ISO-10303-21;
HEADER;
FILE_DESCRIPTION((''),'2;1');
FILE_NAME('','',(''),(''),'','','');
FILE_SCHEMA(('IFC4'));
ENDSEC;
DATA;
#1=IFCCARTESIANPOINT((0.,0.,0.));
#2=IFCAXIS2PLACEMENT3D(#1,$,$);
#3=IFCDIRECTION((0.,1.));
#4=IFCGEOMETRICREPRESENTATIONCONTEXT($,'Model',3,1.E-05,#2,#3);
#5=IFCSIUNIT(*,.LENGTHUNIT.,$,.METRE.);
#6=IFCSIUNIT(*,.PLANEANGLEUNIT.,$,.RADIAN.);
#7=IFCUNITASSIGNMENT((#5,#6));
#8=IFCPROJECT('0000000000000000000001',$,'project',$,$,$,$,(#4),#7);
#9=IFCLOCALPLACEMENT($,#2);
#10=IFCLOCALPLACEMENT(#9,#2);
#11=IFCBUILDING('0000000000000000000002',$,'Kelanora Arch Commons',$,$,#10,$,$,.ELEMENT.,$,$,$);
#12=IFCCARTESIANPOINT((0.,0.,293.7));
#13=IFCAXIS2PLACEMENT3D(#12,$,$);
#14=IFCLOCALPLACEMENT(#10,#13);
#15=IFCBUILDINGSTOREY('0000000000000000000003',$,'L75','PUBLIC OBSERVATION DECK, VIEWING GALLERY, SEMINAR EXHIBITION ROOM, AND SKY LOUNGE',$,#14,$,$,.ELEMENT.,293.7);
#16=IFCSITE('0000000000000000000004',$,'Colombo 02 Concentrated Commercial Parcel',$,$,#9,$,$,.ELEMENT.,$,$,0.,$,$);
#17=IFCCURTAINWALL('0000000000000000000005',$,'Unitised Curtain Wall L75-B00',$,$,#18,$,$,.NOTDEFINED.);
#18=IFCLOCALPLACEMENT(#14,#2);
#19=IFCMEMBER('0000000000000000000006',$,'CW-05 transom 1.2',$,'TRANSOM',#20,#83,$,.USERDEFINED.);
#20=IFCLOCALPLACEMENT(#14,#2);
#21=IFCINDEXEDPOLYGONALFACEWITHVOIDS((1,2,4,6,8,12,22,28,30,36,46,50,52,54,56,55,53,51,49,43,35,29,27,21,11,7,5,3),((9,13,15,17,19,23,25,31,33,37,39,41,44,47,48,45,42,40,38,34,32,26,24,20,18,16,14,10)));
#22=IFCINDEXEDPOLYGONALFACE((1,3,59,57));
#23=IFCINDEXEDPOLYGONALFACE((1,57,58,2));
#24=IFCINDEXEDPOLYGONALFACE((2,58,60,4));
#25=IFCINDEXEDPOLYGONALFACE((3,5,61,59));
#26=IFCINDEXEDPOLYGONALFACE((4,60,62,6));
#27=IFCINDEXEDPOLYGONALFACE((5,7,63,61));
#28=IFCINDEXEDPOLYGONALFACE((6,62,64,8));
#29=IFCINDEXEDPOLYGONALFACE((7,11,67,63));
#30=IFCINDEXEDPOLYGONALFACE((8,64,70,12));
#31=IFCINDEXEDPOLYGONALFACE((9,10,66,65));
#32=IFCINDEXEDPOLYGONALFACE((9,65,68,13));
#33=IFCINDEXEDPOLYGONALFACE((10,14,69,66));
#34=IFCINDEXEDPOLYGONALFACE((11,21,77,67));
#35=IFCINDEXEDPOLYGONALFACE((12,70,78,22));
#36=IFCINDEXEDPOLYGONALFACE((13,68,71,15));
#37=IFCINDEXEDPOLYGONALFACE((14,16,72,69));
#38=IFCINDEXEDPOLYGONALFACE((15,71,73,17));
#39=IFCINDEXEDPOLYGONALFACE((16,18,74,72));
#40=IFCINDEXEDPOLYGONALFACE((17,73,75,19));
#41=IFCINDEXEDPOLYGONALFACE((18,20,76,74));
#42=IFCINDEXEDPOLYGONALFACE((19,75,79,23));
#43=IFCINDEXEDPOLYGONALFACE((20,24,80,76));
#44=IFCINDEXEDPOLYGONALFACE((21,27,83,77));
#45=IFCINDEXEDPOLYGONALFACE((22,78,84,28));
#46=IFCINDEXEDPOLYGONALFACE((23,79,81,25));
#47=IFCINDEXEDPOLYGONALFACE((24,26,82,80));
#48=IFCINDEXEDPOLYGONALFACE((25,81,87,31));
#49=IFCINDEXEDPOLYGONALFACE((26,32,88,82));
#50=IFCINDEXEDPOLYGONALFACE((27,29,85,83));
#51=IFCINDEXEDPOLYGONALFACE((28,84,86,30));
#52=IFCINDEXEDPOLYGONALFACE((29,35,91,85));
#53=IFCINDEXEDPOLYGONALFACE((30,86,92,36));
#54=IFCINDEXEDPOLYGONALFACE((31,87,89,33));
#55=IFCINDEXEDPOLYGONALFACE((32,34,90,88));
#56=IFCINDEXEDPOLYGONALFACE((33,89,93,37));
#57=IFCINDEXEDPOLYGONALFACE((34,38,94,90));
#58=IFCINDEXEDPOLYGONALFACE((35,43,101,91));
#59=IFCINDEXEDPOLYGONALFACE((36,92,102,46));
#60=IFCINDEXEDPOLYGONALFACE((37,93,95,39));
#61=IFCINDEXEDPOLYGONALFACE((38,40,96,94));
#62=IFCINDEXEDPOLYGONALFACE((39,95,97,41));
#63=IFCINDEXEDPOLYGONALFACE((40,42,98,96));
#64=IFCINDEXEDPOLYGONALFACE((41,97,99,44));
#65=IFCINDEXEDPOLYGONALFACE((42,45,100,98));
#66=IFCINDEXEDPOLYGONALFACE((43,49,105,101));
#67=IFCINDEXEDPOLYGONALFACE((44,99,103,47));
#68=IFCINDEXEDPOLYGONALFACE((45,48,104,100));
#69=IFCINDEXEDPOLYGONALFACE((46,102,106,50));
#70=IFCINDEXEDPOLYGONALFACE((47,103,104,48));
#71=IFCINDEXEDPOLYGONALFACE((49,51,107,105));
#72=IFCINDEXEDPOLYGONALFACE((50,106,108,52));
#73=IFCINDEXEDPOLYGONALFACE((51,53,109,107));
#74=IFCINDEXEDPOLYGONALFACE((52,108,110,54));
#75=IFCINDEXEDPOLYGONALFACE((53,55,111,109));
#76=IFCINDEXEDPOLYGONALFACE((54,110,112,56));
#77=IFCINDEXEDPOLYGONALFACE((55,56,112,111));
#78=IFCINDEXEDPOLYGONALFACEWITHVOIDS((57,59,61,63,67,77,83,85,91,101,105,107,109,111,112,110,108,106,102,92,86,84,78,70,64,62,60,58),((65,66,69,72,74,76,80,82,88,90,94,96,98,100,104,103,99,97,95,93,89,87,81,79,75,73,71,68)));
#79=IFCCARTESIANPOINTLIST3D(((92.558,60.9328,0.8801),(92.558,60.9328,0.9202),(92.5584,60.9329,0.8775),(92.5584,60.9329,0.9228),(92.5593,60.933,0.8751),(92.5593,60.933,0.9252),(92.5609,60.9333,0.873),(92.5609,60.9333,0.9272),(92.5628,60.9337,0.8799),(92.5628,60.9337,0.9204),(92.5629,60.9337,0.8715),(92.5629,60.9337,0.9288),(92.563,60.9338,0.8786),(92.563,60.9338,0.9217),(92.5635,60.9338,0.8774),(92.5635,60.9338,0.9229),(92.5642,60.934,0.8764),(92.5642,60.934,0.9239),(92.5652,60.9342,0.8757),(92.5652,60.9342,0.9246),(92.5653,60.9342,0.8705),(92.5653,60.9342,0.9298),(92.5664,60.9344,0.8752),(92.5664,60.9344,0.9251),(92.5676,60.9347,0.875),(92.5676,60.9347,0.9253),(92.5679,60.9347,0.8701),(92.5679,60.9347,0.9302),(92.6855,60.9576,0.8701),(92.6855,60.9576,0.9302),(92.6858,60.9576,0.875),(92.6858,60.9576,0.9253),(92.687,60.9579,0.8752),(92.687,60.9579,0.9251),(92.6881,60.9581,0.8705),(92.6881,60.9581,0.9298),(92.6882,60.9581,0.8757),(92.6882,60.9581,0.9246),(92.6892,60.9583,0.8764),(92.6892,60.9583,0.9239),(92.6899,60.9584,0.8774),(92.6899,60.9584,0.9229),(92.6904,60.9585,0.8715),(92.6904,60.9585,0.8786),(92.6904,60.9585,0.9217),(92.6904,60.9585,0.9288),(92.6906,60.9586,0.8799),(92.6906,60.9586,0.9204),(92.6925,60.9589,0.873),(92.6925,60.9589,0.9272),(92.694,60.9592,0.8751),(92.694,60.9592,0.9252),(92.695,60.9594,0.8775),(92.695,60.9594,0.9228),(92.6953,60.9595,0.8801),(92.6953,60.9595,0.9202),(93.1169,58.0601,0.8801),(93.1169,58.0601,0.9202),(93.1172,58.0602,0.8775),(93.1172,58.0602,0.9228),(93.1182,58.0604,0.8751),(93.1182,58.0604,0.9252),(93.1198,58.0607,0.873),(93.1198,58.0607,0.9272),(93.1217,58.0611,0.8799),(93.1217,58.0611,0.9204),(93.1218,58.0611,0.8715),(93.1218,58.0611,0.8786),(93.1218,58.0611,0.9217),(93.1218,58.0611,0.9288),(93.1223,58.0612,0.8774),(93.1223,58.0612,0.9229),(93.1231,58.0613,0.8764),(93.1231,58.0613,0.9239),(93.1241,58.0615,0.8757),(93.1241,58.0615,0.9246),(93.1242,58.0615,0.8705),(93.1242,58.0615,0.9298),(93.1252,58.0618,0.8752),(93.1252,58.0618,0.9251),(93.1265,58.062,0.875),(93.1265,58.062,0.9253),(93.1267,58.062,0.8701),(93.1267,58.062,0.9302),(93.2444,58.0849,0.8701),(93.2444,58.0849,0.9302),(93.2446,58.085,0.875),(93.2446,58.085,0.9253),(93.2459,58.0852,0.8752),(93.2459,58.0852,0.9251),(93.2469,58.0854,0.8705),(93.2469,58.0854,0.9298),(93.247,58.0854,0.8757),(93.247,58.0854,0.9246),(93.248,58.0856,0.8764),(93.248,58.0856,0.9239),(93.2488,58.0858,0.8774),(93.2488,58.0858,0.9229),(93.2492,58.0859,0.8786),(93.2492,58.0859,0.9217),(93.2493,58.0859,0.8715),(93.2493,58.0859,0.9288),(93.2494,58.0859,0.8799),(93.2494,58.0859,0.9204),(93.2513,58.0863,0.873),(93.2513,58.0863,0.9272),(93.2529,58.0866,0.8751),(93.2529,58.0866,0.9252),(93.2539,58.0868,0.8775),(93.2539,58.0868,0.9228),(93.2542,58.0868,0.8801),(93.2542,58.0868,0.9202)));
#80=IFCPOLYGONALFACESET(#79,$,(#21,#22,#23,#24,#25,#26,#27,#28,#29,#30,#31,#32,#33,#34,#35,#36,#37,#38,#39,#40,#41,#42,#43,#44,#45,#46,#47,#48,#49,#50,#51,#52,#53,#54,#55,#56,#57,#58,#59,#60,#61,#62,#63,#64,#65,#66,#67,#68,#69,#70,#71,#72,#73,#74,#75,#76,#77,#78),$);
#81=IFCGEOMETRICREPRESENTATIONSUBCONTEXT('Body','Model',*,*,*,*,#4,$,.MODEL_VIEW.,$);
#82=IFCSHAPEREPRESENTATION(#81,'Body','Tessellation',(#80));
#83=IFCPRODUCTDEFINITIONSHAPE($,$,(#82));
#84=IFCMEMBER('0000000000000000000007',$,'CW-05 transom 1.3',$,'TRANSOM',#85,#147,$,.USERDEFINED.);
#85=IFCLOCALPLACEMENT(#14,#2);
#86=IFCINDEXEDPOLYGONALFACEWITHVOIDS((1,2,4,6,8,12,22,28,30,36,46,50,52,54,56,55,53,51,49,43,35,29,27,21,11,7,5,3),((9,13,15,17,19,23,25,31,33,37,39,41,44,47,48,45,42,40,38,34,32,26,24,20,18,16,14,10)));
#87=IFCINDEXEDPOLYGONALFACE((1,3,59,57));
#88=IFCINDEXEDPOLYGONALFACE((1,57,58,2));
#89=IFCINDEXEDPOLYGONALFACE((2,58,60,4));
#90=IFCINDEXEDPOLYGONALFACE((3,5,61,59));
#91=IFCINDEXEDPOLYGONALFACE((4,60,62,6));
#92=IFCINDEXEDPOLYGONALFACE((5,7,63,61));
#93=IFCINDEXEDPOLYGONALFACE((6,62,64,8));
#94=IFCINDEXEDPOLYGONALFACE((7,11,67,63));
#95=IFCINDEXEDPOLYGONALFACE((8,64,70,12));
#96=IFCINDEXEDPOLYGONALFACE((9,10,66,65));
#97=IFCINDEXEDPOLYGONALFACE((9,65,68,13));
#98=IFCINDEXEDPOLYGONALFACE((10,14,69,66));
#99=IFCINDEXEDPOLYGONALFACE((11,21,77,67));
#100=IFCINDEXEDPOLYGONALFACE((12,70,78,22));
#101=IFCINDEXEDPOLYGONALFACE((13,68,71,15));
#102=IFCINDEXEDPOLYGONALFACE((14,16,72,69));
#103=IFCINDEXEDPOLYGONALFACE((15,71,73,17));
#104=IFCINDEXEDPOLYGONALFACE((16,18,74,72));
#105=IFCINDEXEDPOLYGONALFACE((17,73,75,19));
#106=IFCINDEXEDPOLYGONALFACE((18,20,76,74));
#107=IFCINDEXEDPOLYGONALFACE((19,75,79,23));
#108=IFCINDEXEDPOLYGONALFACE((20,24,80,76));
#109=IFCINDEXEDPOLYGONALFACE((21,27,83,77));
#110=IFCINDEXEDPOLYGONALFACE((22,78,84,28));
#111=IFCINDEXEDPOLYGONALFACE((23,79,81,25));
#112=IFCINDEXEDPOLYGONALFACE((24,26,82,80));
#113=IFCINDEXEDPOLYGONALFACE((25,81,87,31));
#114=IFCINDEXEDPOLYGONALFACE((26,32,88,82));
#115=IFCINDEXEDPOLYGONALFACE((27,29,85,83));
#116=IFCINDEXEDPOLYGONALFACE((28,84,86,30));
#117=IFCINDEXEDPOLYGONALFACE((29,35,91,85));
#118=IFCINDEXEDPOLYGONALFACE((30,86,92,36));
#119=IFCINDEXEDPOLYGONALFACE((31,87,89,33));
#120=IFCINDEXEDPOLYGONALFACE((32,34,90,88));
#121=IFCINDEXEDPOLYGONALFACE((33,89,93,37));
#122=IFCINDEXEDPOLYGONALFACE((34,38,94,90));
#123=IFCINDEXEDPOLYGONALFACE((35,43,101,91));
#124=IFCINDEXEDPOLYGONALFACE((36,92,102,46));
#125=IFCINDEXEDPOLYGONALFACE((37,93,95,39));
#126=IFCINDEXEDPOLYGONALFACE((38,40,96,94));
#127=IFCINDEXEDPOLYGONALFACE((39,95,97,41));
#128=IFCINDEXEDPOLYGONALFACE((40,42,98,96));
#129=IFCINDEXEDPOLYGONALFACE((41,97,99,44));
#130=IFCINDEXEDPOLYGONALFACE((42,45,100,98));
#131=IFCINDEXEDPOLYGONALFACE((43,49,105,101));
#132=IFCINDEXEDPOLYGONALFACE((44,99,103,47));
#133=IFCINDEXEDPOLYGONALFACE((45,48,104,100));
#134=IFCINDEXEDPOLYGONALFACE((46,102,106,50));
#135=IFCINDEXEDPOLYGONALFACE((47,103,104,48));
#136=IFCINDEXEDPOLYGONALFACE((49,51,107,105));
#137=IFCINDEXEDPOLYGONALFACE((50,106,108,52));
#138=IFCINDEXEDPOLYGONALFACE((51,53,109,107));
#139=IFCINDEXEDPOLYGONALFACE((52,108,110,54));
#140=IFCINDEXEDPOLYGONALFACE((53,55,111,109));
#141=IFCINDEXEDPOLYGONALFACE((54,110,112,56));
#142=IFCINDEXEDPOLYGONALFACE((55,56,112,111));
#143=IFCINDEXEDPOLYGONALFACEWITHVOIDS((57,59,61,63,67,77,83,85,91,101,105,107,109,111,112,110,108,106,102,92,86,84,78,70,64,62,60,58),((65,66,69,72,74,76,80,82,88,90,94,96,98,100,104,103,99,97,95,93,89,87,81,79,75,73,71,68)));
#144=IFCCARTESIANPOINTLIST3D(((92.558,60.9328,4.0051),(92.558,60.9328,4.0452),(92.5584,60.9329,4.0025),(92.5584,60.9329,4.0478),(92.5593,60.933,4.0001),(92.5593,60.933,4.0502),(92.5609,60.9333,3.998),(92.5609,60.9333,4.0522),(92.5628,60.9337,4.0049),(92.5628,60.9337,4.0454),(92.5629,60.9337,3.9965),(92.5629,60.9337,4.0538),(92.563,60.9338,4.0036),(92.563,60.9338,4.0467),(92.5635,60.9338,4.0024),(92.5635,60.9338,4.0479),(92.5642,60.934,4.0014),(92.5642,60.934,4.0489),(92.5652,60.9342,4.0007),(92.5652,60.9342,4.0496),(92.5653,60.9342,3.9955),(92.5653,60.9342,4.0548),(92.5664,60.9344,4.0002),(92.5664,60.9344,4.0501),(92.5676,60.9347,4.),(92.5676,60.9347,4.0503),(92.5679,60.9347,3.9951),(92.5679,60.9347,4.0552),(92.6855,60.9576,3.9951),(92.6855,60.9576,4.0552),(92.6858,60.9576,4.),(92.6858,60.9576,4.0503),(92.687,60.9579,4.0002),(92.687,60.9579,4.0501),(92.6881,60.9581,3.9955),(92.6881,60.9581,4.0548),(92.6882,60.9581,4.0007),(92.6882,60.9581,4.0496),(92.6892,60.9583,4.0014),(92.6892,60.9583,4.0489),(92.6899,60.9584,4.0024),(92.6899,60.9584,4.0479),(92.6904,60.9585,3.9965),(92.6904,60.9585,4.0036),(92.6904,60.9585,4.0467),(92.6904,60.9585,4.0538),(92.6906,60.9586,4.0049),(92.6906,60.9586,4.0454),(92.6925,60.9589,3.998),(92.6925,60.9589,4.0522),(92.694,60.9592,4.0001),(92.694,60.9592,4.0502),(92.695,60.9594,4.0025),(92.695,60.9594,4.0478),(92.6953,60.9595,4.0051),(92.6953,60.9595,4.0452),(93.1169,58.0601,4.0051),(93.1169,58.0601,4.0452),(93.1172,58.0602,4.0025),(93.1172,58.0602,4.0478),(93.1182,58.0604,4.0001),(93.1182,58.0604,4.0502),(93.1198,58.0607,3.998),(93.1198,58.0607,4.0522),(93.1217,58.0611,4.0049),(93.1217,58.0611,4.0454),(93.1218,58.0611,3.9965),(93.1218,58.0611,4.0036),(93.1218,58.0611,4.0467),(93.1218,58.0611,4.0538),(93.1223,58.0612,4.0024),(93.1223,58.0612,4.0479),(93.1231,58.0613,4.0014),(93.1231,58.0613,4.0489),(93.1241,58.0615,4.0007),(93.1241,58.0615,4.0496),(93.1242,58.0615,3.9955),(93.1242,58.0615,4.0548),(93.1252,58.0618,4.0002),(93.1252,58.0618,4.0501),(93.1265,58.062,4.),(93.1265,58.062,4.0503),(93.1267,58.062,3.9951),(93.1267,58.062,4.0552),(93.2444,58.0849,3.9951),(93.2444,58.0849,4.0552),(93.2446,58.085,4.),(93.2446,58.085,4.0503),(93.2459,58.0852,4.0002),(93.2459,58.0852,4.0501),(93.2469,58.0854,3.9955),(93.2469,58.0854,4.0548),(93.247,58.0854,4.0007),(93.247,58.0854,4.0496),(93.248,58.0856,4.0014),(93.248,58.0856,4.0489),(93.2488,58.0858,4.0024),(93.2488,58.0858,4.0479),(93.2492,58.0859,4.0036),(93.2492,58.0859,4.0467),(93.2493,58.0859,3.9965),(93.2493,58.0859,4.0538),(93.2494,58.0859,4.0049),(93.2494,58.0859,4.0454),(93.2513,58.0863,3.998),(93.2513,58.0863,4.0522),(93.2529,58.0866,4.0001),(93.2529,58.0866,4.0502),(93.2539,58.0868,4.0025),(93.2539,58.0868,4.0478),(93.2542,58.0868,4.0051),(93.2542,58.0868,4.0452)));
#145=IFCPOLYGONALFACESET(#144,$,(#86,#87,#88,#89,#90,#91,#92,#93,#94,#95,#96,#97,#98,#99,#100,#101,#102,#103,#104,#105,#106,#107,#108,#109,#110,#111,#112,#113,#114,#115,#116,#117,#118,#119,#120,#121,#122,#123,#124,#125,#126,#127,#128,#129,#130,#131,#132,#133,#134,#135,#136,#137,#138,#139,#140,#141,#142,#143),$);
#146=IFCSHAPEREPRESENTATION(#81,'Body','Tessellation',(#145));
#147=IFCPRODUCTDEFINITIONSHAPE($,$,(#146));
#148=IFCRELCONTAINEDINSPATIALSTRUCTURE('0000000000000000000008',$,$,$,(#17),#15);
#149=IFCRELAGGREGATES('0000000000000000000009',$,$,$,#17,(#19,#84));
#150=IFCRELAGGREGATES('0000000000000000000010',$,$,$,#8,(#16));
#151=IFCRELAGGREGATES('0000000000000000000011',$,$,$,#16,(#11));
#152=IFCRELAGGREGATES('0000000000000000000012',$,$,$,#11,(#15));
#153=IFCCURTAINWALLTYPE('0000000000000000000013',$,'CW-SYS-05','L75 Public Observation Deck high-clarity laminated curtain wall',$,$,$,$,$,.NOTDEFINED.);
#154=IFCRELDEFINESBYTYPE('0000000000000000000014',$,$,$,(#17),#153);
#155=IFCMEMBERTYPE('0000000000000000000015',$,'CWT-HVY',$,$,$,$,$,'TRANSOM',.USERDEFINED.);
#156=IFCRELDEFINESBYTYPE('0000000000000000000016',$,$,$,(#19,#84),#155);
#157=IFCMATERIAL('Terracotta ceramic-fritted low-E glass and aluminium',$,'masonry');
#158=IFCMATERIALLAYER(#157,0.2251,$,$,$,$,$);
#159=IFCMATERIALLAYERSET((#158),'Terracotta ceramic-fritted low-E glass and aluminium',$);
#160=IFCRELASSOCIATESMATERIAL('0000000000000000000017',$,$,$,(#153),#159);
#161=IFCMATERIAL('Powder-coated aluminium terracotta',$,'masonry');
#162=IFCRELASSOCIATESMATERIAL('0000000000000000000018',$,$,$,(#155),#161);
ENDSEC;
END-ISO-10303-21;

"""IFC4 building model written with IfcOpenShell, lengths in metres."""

from ifc_helpers import new_model, si_unit, direction, frame, origin, origin_2d, place, context, subcontext, project, spatial, hollow_rectangle, extrude, material, layer, layer_set, material_profile, profile_set, type_object, element, aggregate, save


model = new_model("IFC4")

# Units and contexts
model_context = context("Model", 3, precision=1e-05, world=origin(), true_north=direction((0.0, 1.0)))
body_context = subcontext(model_context, "Body", "Model", "MODEL_VIEW")
ifc_project = project(units=[si_unit("LENGTHUNIT", "METRE"), si_unit("PLANEANGLEUNIT", "RADIAN")], contexts=[model_context])

# Site, building, storey
site_placement = place(None, origin())
site = spatial("IfcSite", under=ifc_project, at=site_placement, Name="Colombo 02 Concentrated Commercial Parcel", CompositionType="ELEMENT", RefElevation=0.0)
building_placement = place(site_placement, origin())
building = spatial("IfcBuilding", under=site, at=building_placement, Name="Kelanora Arch Commons", CompositionType="ELEMENT")
storey_placement = place(building_placement, frame((0.0, 0.0, 293.7)))
storey = spatial("IfcBuildingStorey", under=building, at=storey_placement, Name="L75", Description="PUBLIC OBSERVATION DECK, VIEWING GALLERY, SEMINAR EXHIBITION ROOM, AND SKY LOUNGE", CompositionType="ELEMENT", Elevation=293.7)

# Curtain wall
ifc_material_1 = material(Name="Terracotta ceramic-fritted low-E glass and aluminium", Category="masonry")
ifc_layer_1 = layer(ifc_material_1, 0.2251)
ifc_layer_set_1 = layer_set([ifc_layer_1], Name="Terracotta ceramic-fritted low-E glass and aluminium")
curtain_wall_type = type_object("IfcCurtainWallType", Name="CW-SYS-05", Description="L75 Public Observation Deck high-clarity laminated curtain wall", PredefinedType="NOTDEFINED", material=ifc_layer_set_1)
curtain_wall_1_placement = place(storey_placement, origin())
curtain_wall_1 = element("IfcCurtainWall", 1, at=curtain_wall_1_placement, inside=storey, type_object=curtain_wall_type, Name="Unitised Curtain Wall L75-B00", PredefinedType="NOTDEFINED")
ifc_material_2 = material(Name="Powder-coated aluminium terracotta", Category="masonry")

# Members
ifc_material_profile_1 = material_profile(ifc_material_2, hollow_rectangle(XDim=0.1399, YDim=0.0601, WallThickness=0.0049, InnerFilletRadius=0.0049, OuterFilletRadius=0.01, at=origin_2d()), Name="CWT140x60")
ifc_profile_set_1 = profile_set([ifc_material_profile_1], Name="Powder-coated aluminium terracotta")
member_type_1 = type_object("IfcMemberType", Name="CWT-HVY", ElementType="TRANSOM", PredefinedType="USERDEFINED", material=ifc_profile_set_1)
member_1_placement = place(storey_placement, frame((93.1855, 58.0735, 0.9001), z_axis=(-0.190963, 0.981597, 0.0), x_axis=(-0.981597, -0.190963, 0.0)))
member_1 = element("IfcMember", 2, at=member_1_placement, type_object=member_type_1, Name="CW-05 transom 1.2", ObjectType="TRANSOM", PredefinedType="USERDEFINED", context=body_context, shape_type="SweptSolid", body=[
    extrude(hollow_rectangle(XDim=0.1399, YDim=0.0601, WallThickness=0.0049, InnerFilletRadius=0.0049, OuterFilletRadius=0.01, at=origin_2d()), origin(), (0.0, 0.0, 1.0), 2.9265),
])
member_2_placement = place(storey_placement, frame((93.1855, 58.0735, 4.0251), z_axis=(-0.190963, 0.981597, 0.0), x_axis=(-0.981597, -0.190963, 0.0)))
member_2 = element("IfcMember", 3, at=member_2_placement, type_object=member_type_1, Name="CW-05 transom 1.3", ObjectType="TRANSOM", PredefinedType="USERDEFINED", context=body_context, shape_type="SweptSolid", body=[
    extrude(hollow_rectangle(XDim=0.1399, YDim=0.0601, WallThickness=0.0049, InnerFilletRadius=0.0049, OuterFilletRadius=0.01, at=origin_2d()), origin(), (0.0, 0.0, 1.0), 2.9265),
])

aggregate(curtain_wall_1, [member_1, member_2])

save(model, "model.ifc")
